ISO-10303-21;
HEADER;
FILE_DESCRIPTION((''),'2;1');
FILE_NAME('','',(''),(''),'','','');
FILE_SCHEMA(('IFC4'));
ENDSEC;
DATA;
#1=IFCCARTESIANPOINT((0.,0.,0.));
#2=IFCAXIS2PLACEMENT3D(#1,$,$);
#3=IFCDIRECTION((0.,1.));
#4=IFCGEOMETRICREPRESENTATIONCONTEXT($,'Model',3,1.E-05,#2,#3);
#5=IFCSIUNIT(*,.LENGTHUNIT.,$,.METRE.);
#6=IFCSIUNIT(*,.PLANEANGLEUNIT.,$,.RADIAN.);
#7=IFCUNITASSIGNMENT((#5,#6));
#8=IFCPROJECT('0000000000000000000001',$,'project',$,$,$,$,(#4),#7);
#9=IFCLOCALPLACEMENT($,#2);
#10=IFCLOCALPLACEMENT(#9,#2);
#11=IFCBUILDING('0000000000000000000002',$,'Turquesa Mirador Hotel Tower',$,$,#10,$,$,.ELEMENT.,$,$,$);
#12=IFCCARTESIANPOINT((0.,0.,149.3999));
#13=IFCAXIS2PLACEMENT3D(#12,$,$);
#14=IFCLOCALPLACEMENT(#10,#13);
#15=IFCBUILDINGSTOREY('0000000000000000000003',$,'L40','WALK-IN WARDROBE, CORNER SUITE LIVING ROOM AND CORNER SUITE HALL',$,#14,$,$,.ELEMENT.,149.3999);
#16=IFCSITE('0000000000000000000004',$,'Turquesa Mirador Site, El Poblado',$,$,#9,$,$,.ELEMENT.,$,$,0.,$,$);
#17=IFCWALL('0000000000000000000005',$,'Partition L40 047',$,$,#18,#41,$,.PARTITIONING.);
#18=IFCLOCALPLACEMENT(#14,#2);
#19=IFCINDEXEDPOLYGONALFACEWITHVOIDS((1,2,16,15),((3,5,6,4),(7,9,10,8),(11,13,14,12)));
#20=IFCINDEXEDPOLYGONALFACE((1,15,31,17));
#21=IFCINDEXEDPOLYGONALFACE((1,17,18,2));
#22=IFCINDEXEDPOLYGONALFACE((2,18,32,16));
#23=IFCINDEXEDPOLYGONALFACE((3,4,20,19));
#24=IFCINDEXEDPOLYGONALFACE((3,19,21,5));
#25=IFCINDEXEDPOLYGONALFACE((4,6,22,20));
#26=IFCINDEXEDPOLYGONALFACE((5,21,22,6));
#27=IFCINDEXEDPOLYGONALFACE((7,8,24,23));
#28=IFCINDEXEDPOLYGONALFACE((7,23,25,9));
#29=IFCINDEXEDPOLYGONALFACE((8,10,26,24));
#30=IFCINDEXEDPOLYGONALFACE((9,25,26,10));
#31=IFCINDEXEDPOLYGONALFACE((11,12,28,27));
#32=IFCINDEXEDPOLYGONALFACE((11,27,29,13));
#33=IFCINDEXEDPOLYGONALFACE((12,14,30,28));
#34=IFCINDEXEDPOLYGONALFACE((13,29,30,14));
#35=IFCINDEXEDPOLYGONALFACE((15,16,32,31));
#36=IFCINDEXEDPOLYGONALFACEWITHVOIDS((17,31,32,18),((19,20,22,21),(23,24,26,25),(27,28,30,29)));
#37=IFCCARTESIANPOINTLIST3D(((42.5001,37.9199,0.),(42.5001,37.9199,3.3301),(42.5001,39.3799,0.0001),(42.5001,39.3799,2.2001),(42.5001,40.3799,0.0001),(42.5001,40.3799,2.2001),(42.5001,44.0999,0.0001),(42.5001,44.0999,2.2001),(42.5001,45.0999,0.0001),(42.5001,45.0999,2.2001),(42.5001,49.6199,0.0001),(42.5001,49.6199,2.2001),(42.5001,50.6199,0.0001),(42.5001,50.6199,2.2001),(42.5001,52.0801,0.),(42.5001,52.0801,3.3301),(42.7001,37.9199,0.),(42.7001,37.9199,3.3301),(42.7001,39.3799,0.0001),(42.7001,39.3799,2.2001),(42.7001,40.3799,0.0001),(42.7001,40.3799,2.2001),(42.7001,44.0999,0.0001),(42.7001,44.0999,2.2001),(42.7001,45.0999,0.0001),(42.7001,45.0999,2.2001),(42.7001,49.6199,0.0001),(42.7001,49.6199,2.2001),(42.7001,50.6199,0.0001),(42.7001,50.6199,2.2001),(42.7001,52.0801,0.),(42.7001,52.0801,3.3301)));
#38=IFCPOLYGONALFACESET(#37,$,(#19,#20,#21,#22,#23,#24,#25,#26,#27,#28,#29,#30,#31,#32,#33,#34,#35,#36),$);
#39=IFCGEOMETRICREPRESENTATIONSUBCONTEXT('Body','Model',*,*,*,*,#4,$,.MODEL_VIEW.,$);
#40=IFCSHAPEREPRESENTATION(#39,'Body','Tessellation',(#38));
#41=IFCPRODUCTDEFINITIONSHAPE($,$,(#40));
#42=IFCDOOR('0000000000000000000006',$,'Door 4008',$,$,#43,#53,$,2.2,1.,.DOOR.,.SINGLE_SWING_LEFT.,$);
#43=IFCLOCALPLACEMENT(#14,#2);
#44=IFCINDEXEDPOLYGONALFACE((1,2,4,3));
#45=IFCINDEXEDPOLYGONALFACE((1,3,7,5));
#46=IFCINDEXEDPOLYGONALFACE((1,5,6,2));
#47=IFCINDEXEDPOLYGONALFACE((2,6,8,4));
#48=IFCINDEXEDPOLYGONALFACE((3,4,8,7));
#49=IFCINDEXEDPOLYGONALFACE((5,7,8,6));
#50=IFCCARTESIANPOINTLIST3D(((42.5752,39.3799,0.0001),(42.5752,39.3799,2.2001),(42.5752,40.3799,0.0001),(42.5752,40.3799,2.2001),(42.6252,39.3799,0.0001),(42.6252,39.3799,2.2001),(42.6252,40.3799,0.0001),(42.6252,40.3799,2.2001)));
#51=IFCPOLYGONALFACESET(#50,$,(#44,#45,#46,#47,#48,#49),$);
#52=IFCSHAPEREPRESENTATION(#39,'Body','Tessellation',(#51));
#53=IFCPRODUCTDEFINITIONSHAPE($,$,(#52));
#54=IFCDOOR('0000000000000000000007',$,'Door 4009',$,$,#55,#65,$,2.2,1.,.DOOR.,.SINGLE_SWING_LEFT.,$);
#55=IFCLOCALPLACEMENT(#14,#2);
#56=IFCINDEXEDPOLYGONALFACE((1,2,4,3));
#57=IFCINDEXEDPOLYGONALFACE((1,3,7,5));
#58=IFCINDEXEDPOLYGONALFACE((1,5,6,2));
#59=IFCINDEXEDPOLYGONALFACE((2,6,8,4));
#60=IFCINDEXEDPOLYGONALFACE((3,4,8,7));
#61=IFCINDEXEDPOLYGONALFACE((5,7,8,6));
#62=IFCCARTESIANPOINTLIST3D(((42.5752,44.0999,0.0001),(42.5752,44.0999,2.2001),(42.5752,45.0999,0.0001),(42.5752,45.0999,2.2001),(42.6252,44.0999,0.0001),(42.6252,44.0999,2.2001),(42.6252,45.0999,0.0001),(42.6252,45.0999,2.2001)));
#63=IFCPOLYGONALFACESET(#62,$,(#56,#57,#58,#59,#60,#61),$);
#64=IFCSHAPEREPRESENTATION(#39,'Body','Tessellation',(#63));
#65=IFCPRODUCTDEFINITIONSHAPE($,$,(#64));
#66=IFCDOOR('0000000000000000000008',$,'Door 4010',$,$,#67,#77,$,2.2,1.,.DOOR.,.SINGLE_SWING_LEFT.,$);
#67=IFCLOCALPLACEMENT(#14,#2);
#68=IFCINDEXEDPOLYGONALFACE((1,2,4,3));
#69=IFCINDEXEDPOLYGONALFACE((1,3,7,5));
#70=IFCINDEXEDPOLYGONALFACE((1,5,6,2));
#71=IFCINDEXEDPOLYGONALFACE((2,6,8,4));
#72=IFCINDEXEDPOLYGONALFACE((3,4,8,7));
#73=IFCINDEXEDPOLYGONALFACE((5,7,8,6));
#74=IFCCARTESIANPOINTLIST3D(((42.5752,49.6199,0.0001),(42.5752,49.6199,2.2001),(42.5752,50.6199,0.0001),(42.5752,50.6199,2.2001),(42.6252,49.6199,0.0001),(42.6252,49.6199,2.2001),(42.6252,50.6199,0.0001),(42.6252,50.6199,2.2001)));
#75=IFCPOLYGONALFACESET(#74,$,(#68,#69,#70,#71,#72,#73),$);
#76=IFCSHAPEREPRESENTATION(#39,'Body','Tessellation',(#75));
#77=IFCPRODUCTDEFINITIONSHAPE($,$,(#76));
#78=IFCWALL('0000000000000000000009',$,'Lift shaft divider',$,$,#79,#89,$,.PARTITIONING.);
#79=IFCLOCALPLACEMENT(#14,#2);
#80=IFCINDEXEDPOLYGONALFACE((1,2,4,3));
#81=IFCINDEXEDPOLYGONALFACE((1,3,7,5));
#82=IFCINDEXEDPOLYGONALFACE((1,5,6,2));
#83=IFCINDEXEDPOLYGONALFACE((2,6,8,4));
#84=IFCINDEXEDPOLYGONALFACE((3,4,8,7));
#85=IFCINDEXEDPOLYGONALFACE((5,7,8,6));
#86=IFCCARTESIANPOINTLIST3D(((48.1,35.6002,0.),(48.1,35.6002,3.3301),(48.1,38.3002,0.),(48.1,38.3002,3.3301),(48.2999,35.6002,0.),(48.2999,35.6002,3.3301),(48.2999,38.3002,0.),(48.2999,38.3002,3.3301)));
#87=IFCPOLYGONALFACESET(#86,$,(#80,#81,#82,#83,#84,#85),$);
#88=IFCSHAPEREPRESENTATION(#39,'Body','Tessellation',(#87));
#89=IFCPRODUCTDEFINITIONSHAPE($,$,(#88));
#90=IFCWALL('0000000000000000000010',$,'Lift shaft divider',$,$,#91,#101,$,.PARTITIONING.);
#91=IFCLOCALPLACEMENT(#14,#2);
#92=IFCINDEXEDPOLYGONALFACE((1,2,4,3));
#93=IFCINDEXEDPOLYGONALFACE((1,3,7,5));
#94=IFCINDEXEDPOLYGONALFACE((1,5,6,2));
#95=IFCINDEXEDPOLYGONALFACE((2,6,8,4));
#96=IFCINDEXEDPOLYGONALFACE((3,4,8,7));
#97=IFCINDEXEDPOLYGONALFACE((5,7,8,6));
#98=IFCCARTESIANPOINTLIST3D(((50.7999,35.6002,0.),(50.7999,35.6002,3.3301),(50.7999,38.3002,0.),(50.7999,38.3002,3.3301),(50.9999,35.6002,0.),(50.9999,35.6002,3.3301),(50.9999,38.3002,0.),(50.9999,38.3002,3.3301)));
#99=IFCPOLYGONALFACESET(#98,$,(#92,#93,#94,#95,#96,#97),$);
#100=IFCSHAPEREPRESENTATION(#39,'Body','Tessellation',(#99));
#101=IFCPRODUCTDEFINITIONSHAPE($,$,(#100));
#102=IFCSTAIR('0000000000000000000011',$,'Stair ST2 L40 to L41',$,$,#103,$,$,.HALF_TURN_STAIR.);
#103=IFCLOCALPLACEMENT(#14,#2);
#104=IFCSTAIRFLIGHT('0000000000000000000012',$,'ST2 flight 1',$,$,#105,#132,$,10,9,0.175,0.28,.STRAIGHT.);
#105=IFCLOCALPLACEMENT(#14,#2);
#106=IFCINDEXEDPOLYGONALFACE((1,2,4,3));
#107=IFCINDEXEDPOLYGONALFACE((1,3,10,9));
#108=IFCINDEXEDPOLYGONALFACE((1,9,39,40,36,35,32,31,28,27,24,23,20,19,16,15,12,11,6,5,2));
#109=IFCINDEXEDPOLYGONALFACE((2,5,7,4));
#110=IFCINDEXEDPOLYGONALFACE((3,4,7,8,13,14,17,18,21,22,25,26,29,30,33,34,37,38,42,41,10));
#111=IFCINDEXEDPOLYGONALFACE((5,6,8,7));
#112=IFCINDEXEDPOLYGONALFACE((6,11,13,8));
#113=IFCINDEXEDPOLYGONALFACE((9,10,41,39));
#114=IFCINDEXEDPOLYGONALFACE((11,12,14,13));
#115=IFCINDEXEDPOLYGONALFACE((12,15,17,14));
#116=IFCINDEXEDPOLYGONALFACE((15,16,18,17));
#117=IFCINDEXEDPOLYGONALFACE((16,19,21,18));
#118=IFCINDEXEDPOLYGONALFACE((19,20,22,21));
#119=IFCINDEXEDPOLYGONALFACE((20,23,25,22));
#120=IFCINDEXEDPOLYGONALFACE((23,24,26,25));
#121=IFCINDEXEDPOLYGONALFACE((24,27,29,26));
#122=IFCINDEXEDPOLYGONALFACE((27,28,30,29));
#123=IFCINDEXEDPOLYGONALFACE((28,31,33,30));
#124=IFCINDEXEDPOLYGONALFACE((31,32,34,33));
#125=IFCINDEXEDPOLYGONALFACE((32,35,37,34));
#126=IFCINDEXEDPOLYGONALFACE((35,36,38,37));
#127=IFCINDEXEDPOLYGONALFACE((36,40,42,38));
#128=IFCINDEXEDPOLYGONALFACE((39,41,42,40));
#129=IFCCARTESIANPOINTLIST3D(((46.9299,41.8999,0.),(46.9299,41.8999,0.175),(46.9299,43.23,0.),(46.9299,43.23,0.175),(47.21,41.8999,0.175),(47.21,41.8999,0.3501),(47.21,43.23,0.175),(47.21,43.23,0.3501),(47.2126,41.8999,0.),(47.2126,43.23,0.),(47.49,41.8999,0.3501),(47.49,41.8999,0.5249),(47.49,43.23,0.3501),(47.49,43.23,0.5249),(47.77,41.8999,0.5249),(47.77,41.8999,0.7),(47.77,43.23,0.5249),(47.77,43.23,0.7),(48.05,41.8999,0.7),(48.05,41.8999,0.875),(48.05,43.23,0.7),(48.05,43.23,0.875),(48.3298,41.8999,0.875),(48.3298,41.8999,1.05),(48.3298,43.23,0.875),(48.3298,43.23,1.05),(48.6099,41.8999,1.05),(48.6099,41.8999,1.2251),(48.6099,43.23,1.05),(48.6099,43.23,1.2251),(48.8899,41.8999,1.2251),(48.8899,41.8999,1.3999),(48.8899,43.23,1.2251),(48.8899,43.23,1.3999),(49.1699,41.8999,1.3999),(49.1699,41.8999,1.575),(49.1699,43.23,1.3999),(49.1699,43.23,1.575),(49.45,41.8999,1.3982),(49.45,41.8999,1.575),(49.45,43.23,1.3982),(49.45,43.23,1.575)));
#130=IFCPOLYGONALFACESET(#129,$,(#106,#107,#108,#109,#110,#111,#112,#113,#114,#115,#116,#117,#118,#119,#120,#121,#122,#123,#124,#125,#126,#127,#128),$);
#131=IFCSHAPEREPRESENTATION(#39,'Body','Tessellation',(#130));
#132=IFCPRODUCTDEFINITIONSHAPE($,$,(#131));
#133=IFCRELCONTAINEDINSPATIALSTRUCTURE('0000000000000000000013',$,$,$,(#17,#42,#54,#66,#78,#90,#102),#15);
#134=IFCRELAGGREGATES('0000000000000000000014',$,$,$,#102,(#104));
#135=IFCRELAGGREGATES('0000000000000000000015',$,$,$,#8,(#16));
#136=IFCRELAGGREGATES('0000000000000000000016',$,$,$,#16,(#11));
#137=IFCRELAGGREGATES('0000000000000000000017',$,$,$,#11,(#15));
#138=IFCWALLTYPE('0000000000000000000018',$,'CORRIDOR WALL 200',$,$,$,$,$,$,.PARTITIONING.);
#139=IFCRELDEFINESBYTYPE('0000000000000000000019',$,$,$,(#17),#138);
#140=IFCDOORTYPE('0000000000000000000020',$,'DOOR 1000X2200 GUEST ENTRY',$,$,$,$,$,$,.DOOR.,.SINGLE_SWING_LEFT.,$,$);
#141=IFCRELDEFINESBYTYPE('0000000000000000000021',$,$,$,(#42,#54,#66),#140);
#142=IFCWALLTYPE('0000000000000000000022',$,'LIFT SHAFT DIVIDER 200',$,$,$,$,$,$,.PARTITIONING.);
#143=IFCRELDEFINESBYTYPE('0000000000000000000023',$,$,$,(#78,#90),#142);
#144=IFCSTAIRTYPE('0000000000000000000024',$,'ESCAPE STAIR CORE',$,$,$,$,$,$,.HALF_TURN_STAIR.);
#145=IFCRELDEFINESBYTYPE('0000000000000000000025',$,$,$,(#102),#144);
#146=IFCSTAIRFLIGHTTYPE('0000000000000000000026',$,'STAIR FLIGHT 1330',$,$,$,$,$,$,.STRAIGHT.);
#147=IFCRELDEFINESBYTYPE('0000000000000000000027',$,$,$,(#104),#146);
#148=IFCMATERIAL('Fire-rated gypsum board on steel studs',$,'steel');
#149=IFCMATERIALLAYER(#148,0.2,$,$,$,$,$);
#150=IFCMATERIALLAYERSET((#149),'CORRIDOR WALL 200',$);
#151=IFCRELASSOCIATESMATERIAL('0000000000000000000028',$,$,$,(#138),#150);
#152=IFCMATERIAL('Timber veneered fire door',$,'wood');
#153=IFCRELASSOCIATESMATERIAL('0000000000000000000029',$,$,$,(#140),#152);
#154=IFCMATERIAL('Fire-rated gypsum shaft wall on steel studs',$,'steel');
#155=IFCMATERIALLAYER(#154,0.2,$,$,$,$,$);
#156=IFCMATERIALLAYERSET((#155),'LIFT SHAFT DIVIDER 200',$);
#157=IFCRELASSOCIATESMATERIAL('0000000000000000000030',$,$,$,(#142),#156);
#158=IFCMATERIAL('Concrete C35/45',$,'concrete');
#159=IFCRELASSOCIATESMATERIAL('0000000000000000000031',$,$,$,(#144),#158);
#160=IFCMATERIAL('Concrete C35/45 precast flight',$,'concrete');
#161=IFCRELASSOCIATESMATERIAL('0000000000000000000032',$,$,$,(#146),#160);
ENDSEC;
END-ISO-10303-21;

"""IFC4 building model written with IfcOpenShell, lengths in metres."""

from ifc_helpers import new_model, si_unit, direction, frame, frame_2d, origin, place, context, subcontext, project, spatial, polyline, rectangle, outline, extrude, material, layer, layer_set, type_object, element, fill, aggregate, save


model = new_model("IFC4")

# Units and contexts
model_context = context("Model", 3, precision=1e-05, world=origin(), true_north=direction((0.0, 1.0)))
body_context = subcontext(model_context, "Body", "Model", "MODEL_VIEW")
ifc_project = project(units=[si_unit("LENGTHUNIT", "METRE"), si_unit("PLANEANGLEUNIT", "RADIAN")], contexts=[model_context])

# Site, building, storey
site_placement = place(None, origin())
site = spatial("IfcSite", under=ifc_project, at=site_placement, Name="Turquesa Mirador Site, El Poblado", CompositionType="ELEMENT", RefElevation=0.0)
building_placement = place(site_placement, origin())
building = spatial("IfcBuilding", under=site, at=building_placement, Name="Turquesa Mirador Hotel Tower", CompositionType="ELEMENT")
storey_placement = place(building_placement, frame((0.0, 0.0, 149.3999)))
storey = spatial("IfcBuildingStorey", under=building, at=storey_placement, Name="L40", Description="WALK-IN WARDROBE, CORNER SUITE LIVING ROOM AND CORNER SUITE HALL", CompositionType="ELEMENT", Elevation=149.3999)

# Shared definitions
ifc_material_1 = material(Name="Fire-rated gypsum board on steel studs", Category="steel")
ifc_layer_1 = layer(ifc_material_1, 0.2)
ifc_layer_set_1 = layer_set([ifc_layer_1], Name="CORRIDOR WALL 200")
wall_type_1 = type_object("IfcWallType", Name="CORRIDOR WALL 200", PredefinedType="PARTITIONING", material=ifc_layer_set_1)
ifc_material_2 = material(Name="Timber veneered fire door", Category="wood")
door_type_1 = type_object("IfcDoorType", Name="DOOR 1000X2200 GUEST ENTRY", OperationType="SINGLE_SWING_LEFT", PredefinedType="DOOR", material=ifc_material_2)

# Wall, openings, doors
wall_1_placement = place(storey_placement, frame((42.6001, 37.9199, 0.0), z_axis=(0.0, 0.0, 1.0), x_axis=(0.0, 1.0, 0.0)))
wall_1 = element("IfcWall", 1, at=wall_1_placement, inside=storey, type_object=wall_type_1, Name="Partition L40 047", PredefinedType="PARTITIONING", context=body_context, shape_type="SweptSolid", body=[
    extrude(rectangle(XDim=14.1602, YDim=0.2, at=frame_2d((7.0801, 0.0))), origin(), (0.0, 0.0, 1.0), 3.3301),
])
opening_1_placement = place(wall_1_placement, frame((1.46, 0.0, 0.0)))
opening_1 = element("IfcOpeningElement", 2, at=opening_1_placement, cuts=wall_1, PredefinedType="OPENING", context=body_context, shape_type="SweptSolid", body=[
    extrude(rectangle(XDim=1.0, YDim=2.2, at=frame_2d((0.5, 1.1001))), frame((0.0, 0.1099, 0.0), z_axis=(0.0, -1.0, 0.0), x_axis=(1.0, 0.0, 0.0)), (0.0, 0.0, 1.0), 0.22),
])
opening_2_placement = place(wall_1_placement, frame((6.1799, 0.0, 0.0)))
opening_2 = element("IfcOpeningElement", 3, at=opening_2_placement, cuts=wall_1, PredefinedType="OPENING", context=body_context, shape_type="SweptSolid", body=[
    extrude(rectangle(XDim=1.0, YDim=2.2, at=frame_2d((0.5, 1.1001))), frame((0.0, 0.1099, 0.0), z_axis=(0.0, -1.0, 0.0), x_axis=(1.0, 0.0, 0.0)), (0.0, 0.0, 1.0), 0.22),
])
opening_3_placement = place(wall_1_placement, frame((11.7, 0.0, 0.0)))
opening_3 = element("IfcOpeningElement", 4, at=opening_3_placement, cuts=wall_1, PredefinedType="OPENING", context=body_context, shape_type="SweptSolid", body=[
    extrude(rectangle(XDim=1.0, YDim=2.2, at=frame_2d((0.5, 1.1001))), frame((0.0, 0.1099, 0.0), z_axis=(0.0, -1.0, 0.0), x_axis=(1.0, 0.0, 0.0)), (0.0, 0.0, 1.0), 0.22),
])
door_1_placement = place(opening_1_placement, origin())
door_1 = element("IfcDoor", 5, at=door_1_placement, inside=storey, type_object=door_type_1, Name="Door 4008", OperationType="SINGLE_SWING_LEFT", OverallHeight=2.2, OverallWidth=1.0, PredefinedType="DOOR", context=body_context, shape_type="SweptSolid", body=[
    extrude(rectangle(XDim=1.0, YDim=2.2, at=frame_2d((0.5, 1.1001))), frame((0.0, 0.0249, 0.0), z_axis=(0.0, -1.0, 0.0), x_axis=(1.0, 0.0, 0.0)), (0.0, 0.0, 1.0), 0.05),
])
fill(opening_1, door_1)
door_2_placement = place(opening_2_placement, origin())
door_2 = element("IfcDoor", 6, at=door_2_placement, inside=storey, type_object=door_type_1, Name="Door 4009", OperationType="SINGLE_SWING_LEFT", OverallHeight=2.2, OverallWidth=1.0, PredefinedType="DOOR", context=body_context, shape_type="SweptSolid", body=[
    extrude(rectangle(XDim=1.0, YDim=2.2, at=frame_2d((0.5, 1.1001))), frame((0.0, 0.0249, 0.0), z_axis=(0.0, -1.0, 0.0), x_axis=(1.0, 0.0, 0.0)), (0.0, 0.0, 1.0), 0.05),
])
fill(opening_2, door_2)
door_3_placement = place(opening_3_placement, origin())
door_3 = element("IfcDoor", 7, at=door_3_placement, inside=storey, type_object=door_type_1, Name="Door 4010", OperationType="SINGLE_SWING_LEFT", OverallHeight=2.2, OverallWidth=1.0, PredefinedType="DOOR", context=body_context, shape_type="SweptSolid", body=[
    extrude(rectangle(XDim=1.0, YDim=2.2, at=frame_2d((0.5, 1.1001))), frame((0.0, 0.0249, 0.0), z_axis=(0.0, -1.0, 0.0), x_axis=(1.0, 0.0, 0.0)), (0.0, 0.0, 1.0), 0.05),
])
fill(opening_3, door_3)

# Walls
ifc_material_3 = material(Name="Fire-rated gypsum shaft wall on steel studs", Category="steel")
ifc_layer_2 = layer(ifc_material_3, 0.2)
ifc_layer_set_2 = layer_set([ifc_layer_2], Name="LIFT SHAFT DIVIDER 200")
wall_type_2 = type_object("IfcWallType", Name="LIFT SHAFT DIVIDER 200", PredefinedType="PARTITIONING", material=ifc_layer_set_2)
for number, where, z_axis, x_axis, name in (
    (8, (48.2, 35.6001, 0.0), (0.0, 0.0, 1.0), (0.0, 1.0, 0.0), "Lift shaft divider"),
    (9, (50.8999, 35.6001, 0.0), (0.0, 0.0, 1.0), (0.0, 1.0, 0.0), "Lift shaft divider"),
):
    element("IfcWall", number, at=place(storey_placement, frame(where, z_axis=z_axis, x_axis=x_axis)), inside=storey, type_object=wall_type_2, Name=name, PredefinedType="PARTITIONING", context=body_context, shape_type="SweptSolid", body=[
        extrude(rectangle(XDim=2.7, YDim=0.2, at=frame_2d((1.3501, 0.0))), origin(), (0.0, 0.0, 1.0), 3.3301),
    ])

# Stair, stair flight
ifc_material_4 = material(Name="Concrete C35/45", Category="concrete")
stair_type = type_object("IfcStairType", Name="ESCAPE STAIR CORE", PredefinedType="HALF_TURN_STAIR", material=ifc_material_4)
stair_placement = place(storey_placement, origin())
stair = element("IfcStair", 10, at=stair_placement, inside=storey, type_object=stair_type, Name="Stair ST2 L40 to L41", PredefinedType="HALF_TURN_STAIR")
ifc_material_5 = material(Name="Concrete C35/45 precast flight", Category="concrete")
stair_flight_type = type_object("IfcStairFlightType", Name="STAIR FLIGHT 1330", PredefinedType="STRAIGHT", material=ifc_material_5)
stair_flight_placement = place(storey_placement, frame((46.9299, 42.5649, 0.0), z_axis=(0.0, 0.0, 1.0), x_axis=(1.0, 0.0, 0.0)))
stair_flight = element("IfcStairFlight", 11, at=stair_flight_placement, type_object=stair_flight_type, Name="ST2 flight 1", NumberOfRisers=10, NumberOfTreads=9, PredefinedType="STRAIGHT", RiserHeight=0.175, TreadLength=0.28, context=body_context, shape_type="SweptSolid", body=[
    extrude(outline(polyline([(0.0, 0.0), (0.0, 0.175), (0.28, 0.175), (0.28, 0.3501), (0.5601, 0.3501), (0.5601, 0.5249), (0.8401, 0.5249), (0.8401, 0.7), (1.1201, 0.7), (1.1201, 0.875), (1.3999, 0.875), (1.3999, 1.05), (1.6799, 1.05), (1.6799, 1.2251), (1.96, 1.2251), (1.96, 1.3999), (2.24, 1.3999), (2.24, 1.575), (2.52, 1.575), (2.52, 1.75), (2.52, 1.3982), (0.2827, 0.0), (0.0, 0.0)])), frame((0.0, 0.665, 0.0), z_axis=(0.0, -1.0, 0.0), x_axis=(1.0, 0.0, 0.0)), (0.0, 0.0, 1.0), 1.3301),
])
aggregate(stair, [stair_flight])

save(model, "model.ifc")
